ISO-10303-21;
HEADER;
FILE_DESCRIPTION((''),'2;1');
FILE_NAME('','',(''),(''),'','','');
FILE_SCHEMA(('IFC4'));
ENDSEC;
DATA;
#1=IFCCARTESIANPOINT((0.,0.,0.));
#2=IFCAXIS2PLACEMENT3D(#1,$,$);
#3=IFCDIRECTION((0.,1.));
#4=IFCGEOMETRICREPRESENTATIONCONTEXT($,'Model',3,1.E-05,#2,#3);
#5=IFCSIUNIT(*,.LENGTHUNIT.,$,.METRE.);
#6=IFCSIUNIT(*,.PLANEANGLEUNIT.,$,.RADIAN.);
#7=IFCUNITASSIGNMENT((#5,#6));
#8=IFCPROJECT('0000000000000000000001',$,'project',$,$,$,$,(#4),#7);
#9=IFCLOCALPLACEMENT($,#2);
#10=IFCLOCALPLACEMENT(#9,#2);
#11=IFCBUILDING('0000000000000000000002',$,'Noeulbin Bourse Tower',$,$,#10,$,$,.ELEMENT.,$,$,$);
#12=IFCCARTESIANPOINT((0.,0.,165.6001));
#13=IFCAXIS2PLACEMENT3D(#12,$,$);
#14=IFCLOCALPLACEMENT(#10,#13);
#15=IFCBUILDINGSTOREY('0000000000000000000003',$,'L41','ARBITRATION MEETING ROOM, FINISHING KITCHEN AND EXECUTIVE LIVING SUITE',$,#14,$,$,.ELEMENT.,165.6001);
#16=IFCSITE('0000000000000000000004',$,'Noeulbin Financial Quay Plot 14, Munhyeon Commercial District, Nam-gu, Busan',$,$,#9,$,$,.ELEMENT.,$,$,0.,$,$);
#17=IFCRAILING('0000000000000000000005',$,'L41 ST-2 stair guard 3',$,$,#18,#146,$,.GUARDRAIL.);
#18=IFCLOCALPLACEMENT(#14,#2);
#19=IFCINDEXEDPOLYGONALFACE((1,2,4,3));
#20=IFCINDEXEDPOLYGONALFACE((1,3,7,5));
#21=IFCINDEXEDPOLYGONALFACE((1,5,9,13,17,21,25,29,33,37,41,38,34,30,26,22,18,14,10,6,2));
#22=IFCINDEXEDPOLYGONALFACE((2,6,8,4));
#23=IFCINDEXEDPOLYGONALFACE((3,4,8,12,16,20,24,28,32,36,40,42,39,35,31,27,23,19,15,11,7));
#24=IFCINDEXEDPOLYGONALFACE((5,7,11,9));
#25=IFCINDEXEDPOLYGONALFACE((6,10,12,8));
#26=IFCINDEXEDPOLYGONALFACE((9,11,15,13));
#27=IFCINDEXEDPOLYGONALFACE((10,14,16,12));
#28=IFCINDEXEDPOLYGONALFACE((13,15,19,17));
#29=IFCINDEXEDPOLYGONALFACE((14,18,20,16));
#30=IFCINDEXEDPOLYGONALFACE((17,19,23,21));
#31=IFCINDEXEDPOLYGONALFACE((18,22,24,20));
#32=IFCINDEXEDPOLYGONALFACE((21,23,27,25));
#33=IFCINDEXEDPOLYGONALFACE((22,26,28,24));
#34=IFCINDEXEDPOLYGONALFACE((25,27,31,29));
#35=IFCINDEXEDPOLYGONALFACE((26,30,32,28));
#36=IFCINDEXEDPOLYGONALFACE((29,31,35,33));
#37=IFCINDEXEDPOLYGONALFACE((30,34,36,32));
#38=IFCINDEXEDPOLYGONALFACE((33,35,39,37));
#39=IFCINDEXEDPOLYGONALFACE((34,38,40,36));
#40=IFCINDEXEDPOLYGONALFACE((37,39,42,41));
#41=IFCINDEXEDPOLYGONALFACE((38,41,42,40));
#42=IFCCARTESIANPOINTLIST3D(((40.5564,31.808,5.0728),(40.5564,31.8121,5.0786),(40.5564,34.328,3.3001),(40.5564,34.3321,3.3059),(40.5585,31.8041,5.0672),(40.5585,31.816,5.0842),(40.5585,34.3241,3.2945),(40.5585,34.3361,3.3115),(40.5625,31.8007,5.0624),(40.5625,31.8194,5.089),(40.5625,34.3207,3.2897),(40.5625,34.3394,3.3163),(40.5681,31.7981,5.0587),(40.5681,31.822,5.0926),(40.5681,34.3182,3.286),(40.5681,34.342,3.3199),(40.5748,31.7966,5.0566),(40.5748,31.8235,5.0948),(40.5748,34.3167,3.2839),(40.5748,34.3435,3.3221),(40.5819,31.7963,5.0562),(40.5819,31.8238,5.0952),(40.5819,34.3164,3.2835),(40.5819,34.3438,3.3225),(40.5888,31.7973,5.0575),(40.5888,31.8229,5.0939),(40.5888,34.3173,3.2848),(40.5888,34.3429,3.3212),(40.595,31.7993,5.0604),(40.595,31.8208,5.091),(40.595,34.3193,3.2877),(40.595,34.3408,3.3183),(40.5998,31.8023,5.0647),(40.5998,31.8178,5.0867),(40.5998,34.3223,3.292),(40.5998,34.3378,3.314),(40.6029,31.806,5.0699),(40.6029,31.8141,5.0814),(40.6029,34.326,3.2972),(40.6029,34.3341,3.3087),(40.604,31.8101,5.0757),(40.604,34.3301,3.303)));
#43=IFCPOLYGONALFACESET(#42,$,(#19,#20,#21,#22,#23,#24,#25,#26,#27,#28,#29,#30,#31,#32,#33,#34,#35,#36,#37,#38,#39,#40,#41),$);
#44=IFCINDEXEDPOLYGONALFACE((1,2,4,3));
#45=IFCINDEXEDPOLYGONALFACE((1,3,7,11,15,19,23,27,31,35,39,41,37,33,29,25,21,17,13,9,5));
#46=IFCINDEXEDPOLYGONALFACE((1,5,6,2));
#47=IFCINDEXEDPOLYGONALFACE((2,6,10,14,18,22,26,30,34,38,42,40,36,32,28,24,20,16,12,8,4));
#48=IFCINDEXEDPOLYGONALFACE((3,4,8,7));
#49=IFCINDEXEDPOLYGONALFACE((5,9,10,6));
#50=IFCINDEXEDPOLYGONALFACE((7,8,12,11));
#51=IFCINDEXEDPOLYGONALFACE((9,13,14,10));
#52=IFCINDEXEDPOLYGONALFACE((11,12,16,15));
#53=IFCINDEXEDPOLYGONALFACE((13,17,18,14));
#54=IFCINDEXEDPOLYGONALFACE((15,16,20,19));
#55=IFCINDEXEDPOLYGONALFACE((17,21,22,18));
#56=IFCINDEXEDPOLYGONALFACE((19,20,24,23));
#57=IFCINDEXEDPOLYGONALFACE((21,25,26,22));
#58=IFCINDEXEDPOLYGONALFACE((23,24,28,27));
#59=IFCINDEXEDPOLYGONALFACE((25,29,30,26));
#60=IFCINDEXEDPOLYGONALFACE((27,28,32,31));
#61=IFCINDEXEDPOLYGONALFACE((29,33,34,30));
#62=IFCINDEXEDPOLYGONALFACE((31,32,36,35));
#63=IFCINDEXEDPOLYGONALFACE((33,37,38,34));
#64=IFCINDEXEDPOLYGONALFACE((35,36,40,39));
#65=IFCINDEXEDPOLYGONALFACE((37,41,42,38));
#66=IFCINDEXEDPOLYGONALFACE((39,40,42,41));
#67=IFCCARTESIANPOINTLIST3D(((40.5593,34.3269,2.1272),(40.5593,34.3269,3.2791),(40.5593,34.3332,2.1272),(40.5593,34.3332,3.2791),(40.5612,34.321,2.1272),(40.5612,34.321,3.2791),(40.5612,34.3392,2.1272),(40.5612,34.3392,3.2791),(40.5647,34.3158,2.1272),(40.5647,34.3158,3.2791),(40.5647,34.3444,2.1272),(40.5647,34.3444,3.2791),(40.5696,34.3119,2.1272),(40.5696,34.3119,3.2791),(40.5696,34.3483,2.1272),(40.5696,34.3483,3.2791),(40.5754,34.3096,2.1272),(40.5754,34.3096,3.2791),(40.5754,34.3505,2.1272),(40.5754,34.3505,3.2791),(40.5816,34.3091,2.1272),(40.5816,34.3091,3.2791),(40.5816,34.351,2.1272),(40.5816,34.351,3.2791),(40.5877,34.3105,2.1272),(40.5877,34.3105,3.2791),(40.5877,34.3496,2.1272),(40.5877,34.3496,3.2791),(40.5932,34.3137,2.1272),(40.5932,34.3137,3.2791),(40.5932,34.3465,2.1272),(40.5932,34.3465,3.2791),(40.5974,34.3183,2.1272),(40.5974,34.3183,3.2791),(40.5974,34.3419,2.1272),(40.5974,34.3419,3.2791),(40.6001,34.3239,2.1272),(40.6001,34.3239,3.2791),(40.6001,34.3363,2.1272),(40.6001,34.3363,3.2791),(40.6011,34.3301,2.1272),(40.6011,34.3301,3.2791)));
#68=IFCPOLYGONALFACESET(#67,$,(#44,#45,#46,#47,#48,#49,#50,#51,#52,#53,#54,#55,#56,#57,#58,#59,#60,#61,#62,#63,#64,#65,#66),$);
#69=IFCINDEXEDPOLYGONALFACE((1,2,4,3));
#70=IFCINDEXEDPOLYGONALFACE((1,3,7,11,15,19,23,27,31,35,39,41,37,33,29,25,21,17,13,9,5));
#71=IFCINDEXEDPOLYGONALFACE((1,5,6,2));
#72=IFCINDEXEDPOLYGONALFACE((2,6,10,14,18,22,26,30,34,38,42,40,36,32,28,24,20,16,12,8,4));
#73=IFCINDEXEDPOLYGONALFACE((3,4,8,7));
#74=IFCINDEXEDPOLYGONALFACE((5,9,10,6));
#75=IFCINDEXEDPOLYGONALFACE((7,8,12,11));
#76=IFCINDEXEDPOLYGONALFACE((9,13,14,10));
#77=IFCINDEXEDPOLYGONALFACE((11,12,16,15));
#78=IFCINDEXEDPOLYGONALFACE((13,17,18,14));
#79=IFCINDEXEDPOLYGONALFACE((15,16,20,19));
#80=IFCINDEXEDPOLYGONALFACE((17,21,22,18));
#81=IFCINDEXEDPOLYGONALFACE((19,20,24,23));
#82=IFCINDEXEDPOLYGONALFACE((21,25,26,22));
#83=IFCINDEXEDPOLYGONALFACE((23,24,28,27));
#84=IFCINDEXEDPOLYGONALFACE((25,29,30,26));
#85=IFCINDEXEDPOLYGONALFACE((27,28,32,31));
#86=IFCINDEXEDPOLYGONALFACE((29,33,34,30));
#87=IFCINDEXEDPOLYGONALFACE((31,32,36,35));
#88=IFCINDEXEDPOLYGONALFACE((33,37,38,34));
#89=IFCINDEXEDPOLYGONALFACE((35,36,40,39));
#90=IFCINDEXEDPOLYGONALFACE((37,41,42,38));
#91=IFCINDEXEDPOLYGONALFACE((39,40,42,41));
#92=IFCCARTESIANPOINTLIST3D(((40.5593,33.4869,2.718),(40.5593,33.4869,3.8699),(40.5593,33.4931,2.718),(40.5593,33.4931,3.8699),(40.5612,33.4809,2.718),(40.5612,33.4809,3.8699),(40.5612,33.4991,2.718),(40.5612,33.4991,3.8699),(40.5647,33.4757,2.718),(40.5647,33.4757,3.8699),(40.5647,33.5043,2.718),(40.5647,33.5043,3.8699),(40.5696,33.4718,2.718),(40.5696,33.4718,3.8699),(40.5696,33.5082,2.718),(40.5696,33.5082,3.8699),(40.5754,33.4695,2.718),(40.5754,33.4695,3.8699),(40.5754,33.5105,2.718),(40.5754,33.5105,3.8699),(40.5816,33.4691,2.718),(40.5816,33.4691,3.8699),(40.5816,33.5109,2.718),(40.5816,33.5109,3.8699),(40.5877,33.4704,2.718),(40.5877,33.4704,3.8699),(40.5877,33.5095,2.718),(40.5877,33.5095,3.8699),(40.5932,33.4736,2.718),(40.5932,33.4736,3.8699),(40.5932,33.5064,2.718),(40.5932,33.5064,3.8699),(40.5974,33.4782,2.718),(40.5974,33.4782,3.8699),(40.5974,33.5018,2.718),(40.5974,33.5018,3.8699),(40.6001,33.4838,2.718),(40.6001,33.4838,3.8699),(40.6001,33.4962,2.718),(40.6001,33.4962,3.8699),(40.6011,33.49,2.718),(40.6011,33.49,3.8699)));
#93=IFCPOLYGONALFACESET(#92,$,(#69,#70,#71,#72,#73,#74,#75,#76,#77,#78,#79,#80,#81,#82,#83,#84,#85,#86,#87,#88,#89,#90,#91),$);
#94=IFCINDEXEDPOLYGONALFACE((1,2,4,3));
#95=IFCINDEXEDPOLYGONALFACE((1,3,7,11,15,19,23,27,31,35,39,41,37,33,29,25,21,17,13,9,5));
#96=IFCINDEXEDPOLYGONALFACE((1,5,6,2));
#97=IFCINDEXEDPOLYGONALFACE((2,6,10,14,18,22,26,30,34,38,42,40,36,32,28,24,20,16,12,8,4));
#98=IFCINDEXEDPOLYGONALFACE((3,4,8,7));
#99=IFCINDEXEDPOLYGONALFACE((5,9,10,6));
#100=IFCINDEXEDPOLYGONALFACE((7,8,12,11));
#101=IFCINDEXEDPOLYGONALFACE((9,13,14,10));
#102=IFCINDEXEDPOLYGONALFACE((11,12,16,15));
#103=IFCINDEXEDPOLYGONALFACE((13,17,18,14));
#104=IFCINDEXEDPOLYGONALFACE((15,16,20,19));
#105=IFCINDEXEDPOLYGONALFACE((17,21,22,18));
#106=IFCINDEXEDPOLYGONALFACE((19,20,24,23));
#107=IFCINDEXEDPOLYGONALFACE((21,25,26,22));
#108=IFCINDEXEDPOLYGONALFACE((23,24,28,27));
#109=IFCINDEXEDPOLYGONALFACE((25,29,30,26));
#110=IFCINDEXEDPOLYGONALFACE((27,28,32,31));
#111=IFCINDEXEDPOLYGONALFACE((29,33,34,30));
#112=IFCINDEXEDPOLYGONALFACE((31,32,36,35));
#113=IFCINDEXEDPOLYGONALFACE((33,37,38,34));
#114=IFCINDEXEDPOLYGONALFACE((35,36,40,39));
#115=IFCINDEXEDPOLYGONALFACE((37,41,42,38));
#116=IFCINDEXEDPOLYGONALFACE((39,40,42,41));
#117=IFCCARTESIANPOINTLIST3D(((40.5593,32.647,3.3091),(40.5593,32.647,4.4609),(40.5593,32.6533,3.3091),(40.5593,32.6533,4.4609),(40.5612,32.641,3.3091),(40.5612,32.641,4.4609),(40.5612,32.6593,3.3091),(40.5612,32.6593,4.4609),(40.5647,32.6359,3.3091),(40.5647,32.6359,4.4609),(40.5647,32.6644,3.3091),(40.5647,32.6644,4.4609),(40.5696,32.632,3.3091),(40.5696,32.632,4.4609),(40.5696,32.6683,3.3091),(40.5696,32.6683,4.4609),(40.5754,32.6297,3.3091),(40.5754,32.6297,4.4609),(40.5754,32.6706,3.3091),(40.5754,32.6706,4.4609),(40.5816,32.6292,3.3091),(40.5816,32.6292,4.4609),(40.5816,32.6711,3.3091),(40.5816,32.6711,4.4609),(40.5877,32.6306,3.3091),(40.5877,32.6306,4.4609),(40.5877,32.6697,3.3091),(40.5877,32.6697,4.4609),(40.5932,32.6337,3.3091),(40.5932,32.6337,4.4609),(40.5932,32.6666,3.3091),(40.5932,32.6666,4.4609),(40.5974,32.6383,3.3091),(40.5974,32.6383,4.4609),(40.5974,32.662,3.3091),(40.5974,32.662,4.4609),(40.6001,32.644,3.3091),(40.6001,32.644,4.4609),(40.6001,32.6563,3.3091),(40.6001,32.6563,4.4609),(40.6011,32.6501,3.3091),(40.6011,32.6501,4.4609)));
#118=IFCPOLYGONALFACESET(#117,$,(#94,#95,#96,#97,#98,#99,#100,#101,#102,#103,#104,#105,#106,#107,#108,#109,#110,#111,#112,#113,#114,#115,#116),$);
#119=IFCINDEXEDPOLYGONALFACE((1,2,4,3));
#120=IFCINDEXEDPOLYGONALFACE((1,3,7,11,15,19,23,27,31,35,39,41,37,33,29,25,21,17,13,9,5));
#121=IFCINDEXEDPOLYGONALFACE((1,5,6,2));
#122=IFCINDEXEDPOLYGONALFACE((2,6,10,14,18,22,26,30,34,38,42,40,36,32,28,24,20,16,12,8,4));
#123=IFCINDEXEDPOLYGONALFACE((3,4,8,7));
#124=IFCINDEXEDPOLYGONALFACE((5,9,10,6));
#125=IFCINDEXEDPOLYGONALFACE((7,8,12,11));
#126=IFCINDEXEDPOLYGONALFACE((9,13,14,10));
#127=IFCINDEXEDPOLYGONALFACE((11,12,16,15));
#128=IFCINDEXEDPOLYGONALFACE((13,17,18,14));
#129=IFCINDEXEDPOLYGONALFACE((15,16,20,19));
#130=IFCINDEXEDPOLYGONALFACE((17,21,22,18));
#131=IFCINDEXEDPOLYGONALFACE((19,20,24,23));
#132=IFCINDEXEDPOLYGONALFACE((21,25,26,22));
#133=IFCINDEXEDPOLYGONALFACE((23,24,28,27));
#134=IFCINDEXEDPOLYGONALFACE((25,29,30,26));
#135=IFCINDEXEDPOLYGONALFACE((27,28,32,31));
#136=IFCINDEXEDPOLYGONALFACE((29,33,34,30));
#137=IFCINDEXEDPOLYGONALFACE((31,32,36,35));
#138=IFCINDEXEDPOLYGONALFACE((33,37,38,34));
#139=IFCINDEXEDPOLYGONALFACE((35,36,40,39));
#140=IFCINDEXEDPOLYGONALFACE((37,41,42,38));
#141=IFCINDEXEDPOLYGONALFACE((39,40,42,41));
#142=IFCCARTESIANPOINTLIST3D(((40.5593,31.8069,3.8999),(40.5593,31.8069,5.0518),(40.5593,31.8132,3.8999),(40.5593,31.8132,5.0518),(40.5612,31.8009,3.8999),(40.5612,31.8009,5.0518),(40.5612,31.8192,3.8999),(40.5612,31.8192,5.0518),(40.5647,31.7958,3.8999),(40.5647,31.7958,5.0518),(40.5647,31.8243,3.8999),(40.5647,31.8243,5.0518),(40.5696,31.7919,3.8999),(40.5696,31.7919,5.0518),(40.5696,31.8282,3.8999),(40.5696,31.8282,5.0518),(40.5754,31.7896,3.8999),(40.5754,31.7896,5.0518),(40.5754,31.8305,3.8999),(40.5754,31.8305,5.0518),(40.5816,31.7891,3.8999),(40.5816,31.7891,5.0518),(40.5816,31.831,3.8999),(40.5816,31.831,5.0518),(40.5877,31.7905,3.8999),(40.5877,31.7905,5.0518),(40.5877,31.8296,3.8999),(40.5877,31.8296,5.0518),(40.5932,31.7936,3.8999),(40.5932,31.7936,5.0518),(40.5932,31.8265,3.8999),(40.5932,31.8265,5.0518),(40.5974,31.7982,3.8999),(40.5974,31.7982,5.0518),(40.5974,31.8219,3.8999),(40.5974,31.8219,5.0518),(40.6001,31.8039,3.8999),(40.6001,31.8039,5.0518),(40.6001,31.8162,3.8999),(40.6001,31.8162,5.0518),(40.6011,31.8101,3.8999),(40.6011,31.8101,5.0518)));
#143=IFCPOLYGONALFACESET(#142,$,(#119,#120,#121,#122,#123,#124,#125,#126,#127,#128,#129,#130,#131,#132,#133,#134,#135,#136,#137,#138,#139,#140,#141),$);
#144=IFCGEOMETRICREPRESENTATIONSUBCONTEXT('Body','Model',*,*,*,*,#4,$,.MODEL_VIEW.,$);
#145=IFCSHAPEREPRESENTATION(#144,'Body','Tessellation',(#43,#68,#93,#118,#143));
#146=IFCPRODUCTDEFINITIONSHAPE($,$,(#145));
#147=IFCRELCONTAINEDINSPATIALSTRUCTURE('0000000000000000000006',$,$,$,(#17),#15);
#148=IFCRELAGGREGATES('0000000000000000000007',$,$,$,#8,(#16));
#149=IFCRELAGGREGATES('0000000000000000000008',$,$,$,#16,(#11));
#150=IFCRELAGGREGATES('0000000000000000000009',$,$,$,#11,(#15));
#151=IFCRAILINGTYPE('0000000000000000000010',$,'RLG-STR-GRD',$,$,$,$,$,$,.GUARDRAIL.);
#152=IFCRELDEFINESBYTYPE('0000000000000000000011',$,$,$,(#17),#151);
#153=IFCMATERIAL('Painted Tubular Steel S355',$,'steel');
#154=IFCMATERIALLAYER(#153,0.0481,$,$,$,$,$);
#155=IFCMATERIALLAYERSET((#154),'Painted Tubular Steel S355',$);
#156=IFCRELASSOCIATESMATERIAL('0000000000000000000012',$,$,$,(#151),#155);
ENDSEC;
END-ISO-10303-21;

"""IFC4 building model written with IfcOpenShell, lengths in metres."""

from ifc_helpers import new_model, si_unit, direction, frame, origin, origin_2d, place, context, subcontext, project, spatial, circle, extrude, material, layer, layer_set, type_object, element, save


model = new_model("IFC4")

# Units and contexts
model_context = context("Model", 3, precision=1e-05, world=origin(), true_north=direction((0.0, 1.0)))
body_context = subcontext(model_context, "Body", "Model", "MODEL_VIEW")
ifc_project = project(units=[si_unit("LENGTHUNIT", "METRE"), si_unit("PLANEANGLEUNIT", "RADIAN")], contexts=[model_context])

# Site, building, storey
site_placement = place(None, origin())
site = spatial("IfcSite", under=ifc_project, at=site_placement, Name="Noeulbin Financial Quay Plot 14, Munhyeon Commercial District, Nam-gu, Busan", CompositionType="ELEMENT", RefElevation=0.0)
building_placement = place(site_placement, origin())
building = spatial("IfcBuilding", under=site, at=building_placement, Name="Noeulbin Bourse Tower", CompositionType="ELEMENT")
storey_placement = place(building_placement, frame((0.0, 0.0, 165.6001)))
storey = spatial("IfcBuildingStorey", under=building, at=storey_placement, Name="L41", Description="ARBITRATION MEETING ROOM, FINISHING KITCHEN AND EXECUTIVE LIVING SUITE", CompositionType="ELEMENT", Elevation=165.6001)

# Railing
ifc_material_1 = material(Name="Painted Tubular Steel S355", Category="steel")
ifc_layer_1 = layer(ifc_material_1, 0.0481)
ifc_layer_set_1 = layer_set([ifc_layer_1], Name="Painted Tubular Steel S355")
railing_type_1 = type_object("IfcRailingType", Name="RLG-STR-GRD", PredefinedType="GUARDRAIL", material=ifc_layer_set_1)
railing_1_placement = place(storey_placement, frame((40.5801, 34.3301, 2.1272)))
element("IfcRailing", 1, at=railing_1_placement, inside=storey, type_object=railing_type_1, Name="L41 ST-2 stair guard 3", PredefinedType="GUARDRAIL", context=body_context, shape_type="SweptSolid", body=[
    extrude(circle(Radius=0.0239, at=origin_2d()), frame((0.0, 0.0, 1.1758), z_axis=(0.0, -0.817904, 0.575354), x_axis=(1.0, 0.0, 0.0)), (0.0, 0.0, 1.0), 3.0811),
    extrude(circle(Radius=0.021, at=origin_2d()), origin(), (0.0, 0.0, 1.0), 1.1519),
    extrude(circle(Radius=0.021, at=origin_2d()), frame((0.0, -0.8401, 0.5908)), (0.0, 0.0, 1.0), 1.1519),
    extrude(circle(Radius=0.021, at=origin_2d()), frame((0.0, -1.6799, 1.1819)), (0.0, 0.0, 1.0), 1.1519),
    extrude(circle(Radius=0.021, at=origin_2d()), frame((0.0, -2.52, 1.7727)), (0.0, 0.0, 1.0), 1.1519),
])

save(model, "model.ifc")
